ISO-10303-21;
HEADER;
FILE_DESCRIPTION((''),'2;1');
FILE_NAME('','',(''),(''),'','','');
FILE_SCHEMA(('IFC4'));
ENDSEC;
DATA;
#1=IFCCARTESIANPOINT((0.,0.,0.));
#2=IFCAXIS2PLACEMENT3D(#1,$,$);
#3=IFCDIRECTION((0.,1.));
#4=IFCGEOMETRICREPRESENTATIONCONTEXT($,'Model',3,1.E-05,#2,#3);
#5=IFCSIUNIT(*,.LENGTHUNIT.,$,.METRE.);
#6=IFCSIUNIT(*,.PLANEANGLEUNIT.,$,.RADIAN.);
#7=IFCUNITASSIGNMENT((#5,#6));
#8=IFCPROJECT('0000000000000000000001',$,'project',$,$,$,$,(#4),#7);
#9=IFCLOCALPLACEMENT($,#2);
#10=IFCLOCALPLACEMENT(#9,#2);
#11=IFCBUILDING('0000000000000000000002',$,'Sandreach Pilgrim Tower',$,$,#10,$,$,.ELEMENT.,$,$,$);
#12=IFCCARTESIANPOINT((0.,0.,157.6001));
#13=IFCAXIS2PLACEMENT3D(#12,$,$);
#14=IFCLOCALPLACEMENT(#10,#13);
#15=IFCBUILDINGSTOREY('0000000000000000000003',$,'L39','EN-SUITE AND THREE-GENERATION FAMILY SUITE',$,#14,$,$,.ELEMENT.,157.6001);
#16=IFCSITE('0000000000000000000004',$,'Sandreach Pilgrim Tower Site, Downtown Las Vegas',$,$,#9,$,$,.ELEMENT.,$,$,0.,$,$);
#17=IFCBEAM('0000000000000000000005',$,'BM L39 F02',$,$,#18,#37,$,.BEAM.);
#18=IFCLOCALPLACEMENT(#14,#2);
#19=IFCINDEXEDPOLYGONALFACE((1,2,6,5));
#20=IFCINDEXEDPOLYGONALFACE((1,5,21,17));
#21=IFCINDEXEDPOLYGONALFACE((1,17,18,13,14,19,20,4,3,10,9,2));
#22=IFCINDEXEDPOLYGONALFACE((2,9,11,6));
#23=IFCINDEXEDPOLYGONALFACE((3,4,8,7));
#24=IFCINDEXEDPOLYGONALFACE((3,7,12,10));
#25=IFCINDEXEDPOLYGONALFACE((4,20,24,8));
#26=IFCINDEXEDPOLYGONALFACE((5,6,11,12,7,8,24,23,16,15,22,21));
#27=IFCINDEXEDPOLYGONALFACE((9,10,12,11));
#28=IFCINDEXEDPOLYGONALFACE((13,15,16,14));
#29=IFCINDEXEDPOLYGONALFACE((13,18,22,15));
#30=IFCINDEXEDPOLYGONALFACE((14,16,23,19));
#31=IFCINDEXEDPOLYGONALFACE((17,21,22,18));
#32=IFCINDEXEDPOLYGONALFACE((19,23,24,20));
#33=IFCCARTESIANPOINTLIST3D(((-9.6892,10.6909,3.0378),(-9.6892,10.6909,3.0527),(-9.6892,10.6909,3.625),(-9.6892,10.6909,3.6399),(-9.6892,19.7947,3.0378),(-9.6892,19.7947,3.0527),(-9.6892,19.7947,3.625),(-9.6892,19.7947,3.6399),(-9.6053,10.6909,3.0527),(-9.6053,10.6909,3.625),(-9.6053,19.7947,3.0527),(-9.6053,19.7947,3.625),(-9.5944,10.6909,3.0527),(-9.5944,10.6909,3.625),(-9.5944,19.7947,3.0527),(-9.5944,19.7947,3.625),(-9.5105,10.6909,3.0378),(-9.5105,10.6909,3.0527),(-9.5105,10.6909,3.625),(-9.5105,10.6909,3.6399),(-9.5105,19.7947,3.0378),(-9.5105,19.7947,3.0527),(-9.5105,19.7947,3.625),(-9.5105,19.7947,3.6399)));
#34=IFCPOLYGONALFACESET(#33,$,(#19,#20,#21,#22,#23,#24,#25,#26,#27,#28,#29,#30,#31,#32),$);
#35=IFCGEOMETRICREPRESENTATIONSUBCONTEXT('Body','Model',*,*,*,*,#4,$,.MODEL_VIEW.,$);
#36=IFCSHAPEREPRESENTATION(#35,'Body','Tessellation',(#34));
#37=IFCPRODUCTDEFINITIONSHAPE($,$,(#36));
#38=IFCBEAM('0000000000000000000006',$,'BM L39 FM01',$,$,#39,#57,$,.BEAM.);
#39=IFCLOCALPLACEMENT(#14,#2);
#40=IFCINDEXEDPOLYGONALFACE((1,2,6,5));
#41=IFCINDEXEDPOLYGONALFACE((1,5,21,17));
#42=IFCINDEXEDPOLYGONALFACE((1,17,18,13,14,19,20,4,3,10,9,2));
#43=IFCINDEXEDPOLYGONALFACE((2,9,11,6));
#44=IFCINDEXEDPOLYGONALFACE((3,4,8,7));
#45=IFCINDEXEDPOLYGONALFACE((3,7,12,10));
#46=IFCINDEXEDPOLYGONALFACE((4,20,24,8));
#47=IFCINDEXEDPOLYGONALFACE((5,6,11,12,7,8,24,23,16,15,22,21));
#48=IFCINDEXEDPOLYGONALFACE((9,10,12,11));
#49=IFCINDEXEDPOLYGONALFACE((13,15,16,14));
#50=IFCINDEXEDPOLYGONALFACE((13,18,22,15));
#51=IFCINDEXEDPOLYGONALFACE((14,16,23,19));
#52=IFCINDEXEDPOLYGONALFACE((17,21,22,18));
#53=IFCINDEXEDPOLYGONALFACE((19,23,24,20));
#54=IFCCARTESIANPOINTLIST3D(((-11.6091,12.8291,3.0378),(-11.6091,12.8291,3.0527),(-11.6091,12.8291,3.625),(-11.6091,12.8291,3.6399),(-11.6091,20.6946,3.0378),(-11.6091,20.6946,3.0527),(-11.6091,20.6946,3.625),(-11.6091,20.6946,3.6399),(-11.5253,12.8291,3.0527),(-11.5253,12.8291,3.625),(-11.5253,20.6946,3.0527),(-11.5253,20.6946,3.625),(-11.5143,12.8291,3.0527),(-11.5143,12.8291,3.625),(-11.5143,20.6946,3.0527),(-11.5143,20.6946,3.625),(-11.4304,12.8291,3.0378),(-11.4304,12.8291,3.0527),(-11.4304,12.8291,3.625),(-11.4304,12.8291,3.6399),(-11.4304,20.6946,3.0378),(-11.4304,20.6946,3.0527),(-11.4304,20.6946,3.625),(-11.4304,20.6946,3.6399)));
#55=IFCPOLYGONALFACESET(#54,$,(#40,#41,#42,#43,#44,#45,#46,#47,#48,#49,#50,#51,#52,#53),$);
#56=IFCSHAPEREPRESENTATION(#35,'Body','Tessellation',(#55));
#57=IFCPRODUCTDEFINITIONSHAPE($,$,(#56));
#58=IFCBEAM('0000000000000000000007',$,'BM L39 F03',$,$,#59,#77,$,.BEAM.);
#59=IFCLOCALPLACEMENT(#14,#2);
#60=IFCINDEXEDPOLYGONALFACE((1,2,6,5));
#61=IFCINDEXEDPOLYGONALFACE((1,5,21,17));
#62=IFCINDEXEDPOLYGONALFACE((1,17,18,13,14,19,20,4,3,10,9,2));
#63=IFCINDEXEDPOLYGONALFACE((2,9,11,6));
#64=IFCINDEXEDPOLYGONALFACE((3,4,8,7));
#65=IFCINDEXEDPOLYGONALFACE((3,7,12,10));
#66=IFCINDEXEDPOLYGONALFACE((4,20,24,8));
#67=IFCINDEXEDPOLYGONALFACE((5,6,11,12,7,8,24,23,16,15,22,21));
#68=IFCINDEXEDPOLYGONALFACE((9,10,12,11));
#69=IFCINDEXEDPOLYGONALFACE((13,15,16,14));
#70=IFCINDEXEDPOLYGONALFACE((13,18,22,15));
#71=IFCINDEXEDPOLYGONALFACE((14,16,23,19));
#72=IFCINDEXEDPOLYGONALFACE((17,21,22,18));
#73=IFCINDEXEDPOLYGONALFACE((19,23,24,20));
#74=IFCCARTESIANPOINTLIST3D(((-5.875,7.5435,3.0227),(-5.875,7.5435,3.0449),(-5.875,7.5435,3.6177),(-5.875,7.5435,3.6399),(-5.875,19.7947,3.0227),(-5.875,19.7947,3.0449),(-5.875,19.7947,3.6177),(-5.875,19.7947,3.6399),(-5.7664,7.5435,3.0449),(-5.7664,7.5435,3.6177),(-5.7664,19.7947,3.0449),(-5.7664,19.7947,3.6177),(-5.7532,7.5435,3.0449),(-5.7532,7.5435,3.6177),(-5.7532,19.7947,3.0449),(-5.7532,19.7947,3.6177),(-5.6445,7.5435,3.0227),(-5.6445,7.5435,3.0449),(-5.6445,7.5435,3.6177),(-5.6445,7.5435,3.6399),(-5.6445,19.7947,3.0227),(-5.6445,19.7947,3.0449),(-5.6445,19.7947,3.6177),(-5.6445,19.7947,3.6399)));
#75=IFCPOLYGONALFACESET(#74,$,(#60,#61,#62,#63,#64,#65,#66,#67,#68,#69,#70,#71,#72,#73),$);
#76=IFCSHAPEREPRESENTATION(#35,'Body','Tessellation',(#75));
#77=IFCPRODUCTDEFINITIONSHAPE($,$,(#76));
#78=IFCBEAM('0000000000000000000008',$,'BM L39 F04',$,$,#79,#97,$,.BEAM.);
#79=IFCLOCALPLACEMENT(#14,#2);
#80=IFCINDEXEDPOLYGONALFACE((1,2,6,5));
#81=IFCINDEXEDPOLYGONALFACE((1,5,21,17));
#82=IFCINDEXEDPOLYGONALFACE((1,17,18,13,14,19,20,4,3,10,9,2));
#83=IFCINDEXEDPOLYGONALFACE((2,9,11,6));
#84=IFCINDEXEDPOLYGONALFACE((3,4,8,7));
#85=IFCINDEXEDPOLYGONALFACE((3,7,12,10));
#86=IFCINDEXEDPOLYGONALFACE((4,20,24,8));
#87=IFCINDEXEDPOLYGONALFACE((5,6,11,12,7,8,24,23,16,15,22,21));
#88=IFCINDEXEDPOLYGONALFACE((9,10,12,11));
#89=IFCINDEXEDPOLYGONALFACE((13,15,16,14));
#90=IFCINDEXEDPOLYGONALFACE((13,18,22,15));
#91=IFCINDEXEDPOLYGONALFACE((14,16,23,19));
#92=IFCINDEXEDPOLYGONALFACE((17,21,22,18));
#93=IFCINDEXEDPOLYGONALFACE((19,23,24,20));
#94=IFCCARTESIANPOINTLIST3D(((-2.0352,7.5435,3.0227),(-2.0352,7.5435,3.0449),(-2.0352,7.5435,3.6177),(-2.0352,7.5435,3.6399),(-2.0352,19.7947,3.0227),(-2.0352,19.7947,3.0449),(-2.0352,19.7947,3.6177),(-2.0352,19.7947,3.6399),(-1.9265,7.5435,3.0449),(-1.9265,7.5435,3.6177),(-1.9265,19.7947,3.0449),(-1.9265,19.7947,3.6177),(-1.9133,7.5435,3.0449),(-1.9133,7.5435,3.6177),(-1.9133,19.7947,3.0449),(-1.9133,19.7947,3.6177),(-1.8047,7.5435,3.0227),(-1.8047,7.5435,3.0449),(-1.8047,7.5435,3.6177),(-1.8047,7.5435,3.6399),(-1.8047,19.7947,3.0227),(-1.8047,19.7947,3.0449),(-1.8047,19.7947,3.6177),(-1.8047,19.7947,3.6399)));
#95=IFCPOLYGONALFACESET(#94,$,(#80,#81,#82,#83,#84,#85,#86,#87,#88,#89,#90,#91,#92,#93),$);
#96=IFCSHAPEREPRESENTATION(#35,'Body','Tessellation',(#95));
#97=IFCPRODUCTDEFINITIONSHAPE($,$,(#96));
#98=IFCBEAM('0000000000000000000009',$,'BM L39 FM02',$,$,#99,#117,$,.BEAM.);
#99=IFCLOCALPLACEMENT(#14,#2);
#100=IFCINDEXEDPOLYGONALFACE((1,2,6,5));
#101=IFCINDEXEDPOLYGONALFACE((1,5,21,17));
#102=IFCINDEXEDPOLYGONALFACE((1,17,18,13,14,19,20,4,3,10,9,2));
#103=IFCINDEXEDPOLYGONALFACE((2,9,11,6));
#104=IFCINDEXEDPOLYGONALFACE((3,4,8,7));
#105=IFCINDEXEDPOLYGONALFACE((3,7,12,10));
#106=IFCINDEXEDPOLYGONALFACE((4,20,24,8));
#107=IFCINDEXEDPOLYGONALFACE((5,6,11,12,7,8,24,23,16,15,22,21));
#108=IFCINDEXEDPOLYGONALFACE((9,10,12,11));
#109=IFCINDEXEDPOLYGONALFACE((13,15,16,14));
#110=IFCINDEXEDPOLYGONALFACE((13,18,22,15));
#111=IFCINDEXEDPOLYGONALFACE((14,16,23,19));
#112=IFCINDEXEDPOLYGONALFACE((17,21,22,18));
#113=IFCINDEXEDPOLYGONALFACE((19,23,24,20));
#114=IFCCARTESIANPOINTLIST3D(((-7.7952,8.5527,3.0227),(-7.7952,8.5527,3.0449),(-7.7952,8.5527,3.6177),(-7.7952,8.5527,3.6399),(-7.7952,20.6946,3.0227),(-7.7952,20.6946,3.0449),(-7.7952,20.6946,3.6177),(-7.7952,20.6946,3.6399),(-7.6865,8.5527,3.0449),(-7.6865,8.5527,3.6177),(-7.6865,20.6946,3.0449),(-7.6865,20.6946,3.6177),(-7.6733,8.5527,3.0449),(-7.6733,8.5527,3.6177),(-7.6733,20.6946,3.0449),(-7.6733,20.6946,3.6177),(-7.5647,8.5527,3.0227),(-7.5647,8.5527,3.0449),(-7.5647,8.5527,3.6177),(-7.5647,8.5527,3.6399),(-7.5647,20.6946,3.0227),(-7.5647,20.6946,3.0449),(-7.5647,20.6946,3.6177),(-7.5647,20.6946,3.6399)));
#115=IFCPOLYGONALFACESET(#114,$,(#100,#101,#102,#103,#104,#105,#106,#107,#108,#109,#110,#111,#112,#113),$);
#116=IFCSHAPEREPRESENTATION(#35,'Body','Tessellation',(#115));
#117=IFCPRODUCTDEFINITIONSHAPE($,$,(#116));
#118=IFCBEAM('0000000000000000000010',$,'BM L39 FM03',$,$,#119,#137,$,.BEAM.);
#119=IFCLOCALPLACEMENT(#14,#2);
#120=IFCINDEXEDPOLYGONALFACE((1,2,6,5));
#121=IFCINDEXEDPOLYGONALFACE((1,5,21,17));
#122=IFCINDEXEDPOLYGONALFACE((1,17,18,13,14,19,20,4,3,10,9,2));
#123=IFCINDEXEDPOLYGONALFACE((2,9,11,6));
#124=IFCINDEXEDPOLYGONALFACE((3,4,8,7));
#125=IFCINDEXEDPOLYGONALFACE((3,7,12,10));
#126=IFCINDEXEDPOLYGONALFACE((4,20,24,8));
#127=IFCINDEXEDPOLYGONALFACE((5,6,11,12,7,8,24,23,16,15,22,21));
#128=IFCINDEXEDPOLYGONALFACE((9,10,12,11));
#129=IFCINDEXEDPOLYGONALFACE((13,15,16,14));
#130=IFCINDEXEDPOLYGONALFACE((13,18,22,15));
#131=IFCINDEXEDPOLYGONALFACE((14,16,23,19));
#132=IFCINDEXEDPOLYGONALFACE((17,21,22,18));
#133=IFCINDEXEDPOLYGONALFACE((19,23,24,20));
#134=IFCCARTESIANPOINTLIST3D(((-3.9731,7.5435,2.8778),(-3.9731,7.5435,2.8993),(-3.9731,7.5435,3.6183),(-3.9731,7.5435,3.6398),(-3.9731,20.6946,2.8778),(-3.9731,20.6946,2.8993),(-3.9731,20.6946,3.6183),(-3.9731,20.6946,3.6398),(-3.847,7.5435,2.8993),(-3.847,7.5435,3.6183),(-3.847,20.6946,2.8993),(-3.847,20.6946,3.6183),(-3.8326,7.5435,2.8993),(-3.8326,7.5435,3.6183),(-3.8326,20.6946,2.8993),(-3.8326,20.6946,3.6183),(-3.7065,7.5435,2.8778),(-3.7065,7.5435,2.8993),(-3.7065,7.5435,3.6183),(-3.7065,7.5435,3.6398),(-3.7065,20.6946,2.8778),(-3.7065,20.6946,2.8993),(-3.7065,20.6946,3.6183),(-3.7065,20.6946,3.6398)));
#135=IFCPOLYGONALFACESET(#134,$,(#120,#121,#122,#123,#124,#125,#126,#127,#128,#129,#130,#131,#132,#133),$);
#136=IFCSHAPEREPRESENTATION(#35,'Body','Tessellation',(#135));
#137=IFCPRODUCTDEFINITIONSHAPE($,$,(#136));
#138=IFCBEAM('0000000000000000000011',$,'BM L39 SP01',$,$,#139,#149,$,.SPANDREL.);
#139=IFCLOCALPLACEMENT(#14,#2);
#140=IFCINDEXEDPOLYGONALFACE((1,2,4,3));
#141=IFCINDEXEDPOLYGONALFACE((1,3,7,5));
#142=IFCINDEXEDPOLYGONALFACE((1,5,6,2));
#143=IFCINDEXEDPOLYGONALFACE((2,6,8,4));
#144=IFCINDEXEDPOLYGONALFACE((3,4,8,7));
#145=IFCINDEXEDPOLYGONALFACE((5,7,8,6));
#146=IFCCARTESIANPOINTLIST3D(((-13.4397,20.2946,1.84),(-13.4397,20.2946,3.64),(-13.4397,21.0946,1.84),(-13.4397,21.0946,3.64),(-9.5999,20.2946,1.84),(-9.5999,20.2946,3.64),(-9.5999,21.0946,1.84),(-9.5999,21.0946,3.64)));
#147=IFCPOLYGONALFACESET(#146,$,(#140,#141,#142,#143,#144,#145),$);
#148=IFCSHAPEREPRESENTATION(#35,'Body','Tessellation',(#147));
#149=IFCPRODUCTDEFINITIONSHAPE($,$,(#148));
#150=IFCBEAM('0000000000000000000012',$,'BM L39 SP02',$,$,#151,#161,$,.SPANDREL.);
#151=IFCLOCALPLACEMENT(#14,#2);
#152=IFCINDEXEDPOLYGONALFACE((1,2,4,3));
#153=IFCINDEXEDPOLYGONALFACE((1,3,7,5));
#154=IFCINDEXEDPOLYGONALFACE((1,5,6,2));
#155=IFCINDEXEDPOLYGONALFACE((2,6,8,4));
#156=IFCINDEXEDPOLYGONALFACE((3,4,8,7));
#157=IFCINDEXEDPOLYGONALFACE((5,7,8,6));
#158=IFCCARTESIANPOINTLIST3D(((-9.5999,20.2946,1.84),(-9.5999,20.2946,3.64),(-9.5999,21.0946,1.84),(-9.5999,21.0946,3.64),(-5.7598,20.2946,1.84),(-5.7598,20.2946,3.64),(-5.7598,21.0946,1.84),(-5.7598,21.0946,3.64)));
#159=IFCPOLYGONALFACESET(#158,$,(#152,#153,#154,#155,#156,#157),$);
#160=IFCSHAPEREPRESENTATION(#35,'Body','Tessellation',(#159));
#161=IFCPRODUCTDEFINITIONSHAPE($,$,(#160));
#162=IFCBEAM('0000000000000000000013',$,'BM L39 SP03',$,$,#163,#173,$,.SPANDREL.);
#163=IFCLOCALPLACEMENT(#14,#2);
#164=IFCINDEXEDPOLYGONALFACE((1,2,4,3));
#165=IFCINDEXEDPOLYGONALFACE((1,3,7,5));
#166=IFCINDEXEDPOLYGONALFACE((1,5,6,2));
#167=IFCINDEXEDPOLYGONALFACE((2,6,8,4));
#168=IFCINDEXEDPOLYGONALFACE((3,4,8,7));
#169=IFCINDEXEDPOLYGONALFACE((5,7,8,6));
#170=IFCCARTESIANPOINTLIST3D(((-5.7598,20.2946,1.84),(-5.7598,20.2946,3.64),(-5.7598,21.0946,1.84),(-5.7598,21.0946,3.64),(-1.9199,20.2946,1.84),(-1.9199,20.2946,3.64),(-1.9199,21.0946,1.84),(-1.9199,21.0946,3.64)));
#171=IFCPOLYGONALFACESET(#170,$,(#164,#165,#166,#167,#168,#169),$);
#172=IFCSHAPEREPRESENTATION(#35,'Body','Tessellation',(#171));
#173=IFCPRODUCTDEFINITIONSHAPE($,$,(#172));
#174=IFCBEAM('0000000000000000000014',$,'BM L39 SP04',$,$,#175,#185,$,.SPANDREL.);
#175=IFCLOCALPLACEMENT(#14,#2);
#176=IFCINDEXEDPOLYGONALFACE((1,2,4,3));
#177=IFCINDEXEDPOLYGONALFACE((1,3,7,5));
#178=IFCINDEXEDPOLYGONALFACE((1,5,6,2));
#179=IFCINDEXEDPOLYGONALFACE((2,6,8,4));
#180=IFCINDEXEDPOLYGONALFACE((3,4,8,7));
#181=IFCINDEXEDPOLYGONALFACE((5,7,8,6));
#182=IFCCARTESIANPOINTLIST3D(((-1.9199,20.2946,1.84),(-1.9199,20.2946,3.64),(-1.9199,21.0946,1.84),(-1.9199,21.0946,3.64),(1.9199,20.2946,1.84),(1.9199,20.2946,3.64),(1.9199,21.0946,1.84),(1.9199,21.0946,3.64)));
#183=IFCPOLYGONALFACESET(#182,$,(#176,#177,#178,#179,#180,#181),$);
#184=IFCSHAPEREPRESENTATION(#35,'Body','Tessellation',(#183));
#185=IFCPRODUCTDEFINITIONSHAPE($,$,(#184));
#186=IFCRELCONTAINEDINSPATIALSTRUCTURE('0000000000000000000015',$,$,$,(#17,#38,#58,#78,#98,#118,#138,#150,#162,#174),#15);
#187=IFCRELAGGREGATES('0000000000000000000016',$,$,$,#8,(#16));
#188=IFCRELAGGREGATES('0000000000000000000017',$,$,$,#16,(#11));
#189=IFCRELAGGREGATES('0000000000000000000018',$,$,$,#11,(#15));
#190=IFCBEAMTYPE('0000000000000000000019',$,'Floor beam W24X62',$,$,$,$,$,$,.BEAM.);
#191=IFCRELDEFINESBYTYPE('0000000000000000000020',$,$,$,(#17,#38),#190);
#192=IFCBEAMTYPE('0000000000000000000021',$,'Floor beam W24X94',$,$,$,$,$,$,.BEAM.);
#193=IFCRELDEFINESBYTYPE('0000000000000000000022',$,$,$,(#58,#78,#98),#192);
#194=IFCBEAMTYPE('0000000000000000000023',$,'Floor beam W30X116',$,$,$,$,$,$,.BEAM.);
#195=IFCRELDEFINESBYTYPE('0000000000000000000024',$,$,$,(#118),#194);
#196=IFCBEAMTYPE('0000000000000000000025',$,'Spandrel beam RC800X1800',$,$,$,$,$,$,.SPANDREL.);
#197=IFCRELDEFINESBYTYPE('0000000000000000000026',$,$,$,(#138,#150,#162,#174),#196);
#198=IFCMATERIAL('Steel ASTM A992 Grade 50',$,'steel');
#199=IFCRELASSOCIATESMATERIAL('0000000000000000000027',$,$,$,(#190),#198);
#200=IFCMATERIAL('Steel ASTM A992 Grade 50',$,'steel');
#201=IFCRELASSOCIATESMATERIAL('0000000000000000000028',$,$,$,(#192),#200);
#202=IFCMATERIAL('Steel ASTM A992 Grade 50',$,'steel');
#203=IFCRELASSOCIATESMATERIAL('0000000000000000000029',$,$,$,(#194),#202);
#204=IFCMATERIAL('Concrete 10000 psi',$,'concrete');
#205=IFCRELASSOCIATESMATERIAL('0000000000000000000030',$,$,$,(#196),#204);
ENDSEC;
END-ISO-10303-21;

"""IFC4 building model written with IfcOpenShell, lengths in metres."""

from ifc_helpers import new_model, si_unit, direction, frame, origin, origin_2d, place, context, subcontext, project, spatial, rectangle, i_section, extrude, material, material_profile, profile_set, type_object, element, save


model = new_model("IFC4")

# Units and contexts
model_context = context("Model", 3, precision=1e-05, world=origin(), true_north=direction((0.0, 1.0)))
body_context = subcontext(model_context, "Body", "Model", "MODEL_VIEW")
ifc_project = project(units=[si_unit("LENGTHUNIT", "METRE"), si_unit("PLANEANGLEUNIT", "RADIAN")], contexts=[model_context])

# Site, building, storey
site_placement = place(None, origin())
site = spatial("IfcSite", under=ifc_project, at=site_placement, Name="Sandreach Pilgrim Tower Site, Downtown Las Vegas", CompositionType="ELEMENT", RefElevation=0.0)
building_placement = place(site_placement, origin())
building = spatial("IfcBuilding", under=site, at=building_placement, Name="Sandreach Pilgrim Tower", CompositionType="ELEMENT")
storey_placement = place(building_placement, frame((0.0, 0.0, 157.6001)))
storey = spatial("IfcBuildingStorey", under=building, at=storey_placement, Name="L39", Description="EN-SUITE AND THREE-GENERATION FAMILY SUITE", CompositionType="ELEMENT", Elevation=157.6001)

# Beams
ifc_material_1 = material(Name="Steel ASTM A992 Grade 50", Category="steel")
ifc_material_profile_1 = material_profile(ifc_material_1, i_section(OverallWidth=0.1787, OverallDepth=0.6021, WebThickness=0.011, FlangeThickness=0.0149, at=origin_2d()), Name="W24X62")
ifc_profile_set_1 = profile_set([ifc_material_profile_1], Name="Steel ASTM A992 Grade 50")
beam_type_1 = type_object("IfcBeamType", Name="Floor beam W24X62", PredefinedType="BEAM", material=ifc_profile_set_1)
beam_1_placement = place(storey_placement, frame((-9.5999, 19.7947, 3.3389), z_axis=(0.0, -1.0, 0.0), x_axis=(1.0, 0.0, 0.0)))
element("IfcBeam", 1, at=beam_1_placement, inside=storey, type_object=beam_type_1, Name="BM L39 F02", PredefinedType="BEAM", context=body_context, shape_type="SweptSolid", body=[
    extrude(i_section(OverallWidth=0.1787, OverallDepth=0.6021, WebThickness=0.011, FlangeThickness=0.0149, at=origin_2d()), origin(), (0.0, 0.0, 1.0), 9.1038),
])
beam_2_placement = place(storey_placement, frame((-11.5198, 20.6946, 3.3389), z_axis=(0.0, -1.0, 0.0), x_axis=(1.0, 0.0, 0.0)))
element("IfcBeam", 2, at=beam_2_placement, inside=storey, type_object=beam_type_1, Name="BM L39 FM01", PredefinedType="BEAM", context=body_context, shape_type="SweptSolid", body=[
    extrude(i_section(OverallWidth=0.1787, OverallDepth=0.6021, WebThickness=0.011, FlangeThickness=0.0149, at=origin_2d()), origin(), (0.0, 0.0, 1.0), 7.8655),
])
ifc_material_2 = material(Name="Steel ASTM A992 Grade 50", Category="steel")
ifc_material_profile_2 = material_profile(ifc_material_2, i_section(OverallWidth=0.2305, OverallDepth=0.6172, WebThickness=0.0132, FlangeThickness=0.0222, at=origin_2d()), Name="W24X94")
ifc_profile_set_2 = profile_set([ifc_material_profile_2], Name="Steel ASTM A992 Grade 50")
beam_type_2 = type_object("IfcBeamType", Name="Floor beam W24X94", PredefinedType="BEAM", material=ifc_profile_set_2)
for number, where, z_axis, x_axis, name in (
    (3, (-5.7598, 19.7947, 3.3313), (0.0, -1.0, 0.0), (1.0, 0.0, 0.0), "BM L39 F03"),
    (4, (-1.9199, 19.7947, 3.3313), (0.0, -1.0, 0.0), (1.0, 0.0, 0.0), "BM L39 F04"),
):
    element("IfcBeam", number, at=place(storey_placement, frame(where, z_axis=z_axis, x_axis=x_axis)), inside=storey, type_object=beam_type_2, Name=name, PredefinedType="BEAM", context=body_context, shape_type="SweptSolid", body=[
        extrude(i_section(OverallWidth=0.2305, OverallDepth=0.6172, WebThickness=0.0132, FlangeThickness=0.0222, at=origin_2d()), origin(), (0.0, 0.0, 1.0), 12.2512),
    ])
beam_3_placement = place(storey_placement, frame((-7.6799, 20.6946, 3.3313), z_axis=(0.0, -1.0, 0.0), x_axis=(1.0, 0.0, 0.0)))
element("IfcBeam", 5, at=beam_3_placement, inside=storey, type_object=beam_type_2, Name="BM L39 FM02", PredefinedType="BEAM", context=body_context, shape_type="SweptSolid", body=[
    extrude(i_section(OverallWidth=0.2305, OverallDepth=0.6172, WebThickness=0.0132, FlangeThickness=0.0222, at=origin_2d()), origin(), (0.0, 0.0, 1.0), 12.1418),
])
ifc_material_3 = material(Name="Steel ASTM A992 Grade 50", Category="steel")
ifc_material_profile_3 = material_profile(ifc_material_3, i_section(OverallWidth=0.2666, OverallDepth=0.762, WebThickness=0.0144, FlangeThickness=0.0215, at=origin_2d()), Name="W30X116")
ifc_profile_set_3 = profile_set([ifc_material_profile_3], Name="Steel ASTM A992 Grade 50")
beam_type_3 = type_object("IfcBeamType", Name="Floor beam W30X116", PredefinedType="BEAM", material=ifc_profile_set_3)
beam_4_placement = place(storey_placement, frame((-3.8398, 20.6946, 3.2588), z_axis=(0.0, -1.0, 0.0), x_axis=(1.0, 0.0, 0.0)))
element("IfcBeam", 6, at=beam_4_placement, inside=storey, type_object=beam_type_3, Name="BM L39 FM03", PredefinedType="BEAM", context=body_context, shape_type="SweptSolid", body=[
    extrude(i_section(OverallWidth=0.2666, OverallDepth=0.762, WebThickness=0.0144, FlangeThickness=0.0215, at=origin_2d()), origin(), (0.0, 0.0, 1.0), 13.1511),
])
ifc_material_4 = material(Name="Concrete 10000 psi", Category="concrete")
ifc_material_profile_4 = material_profile(ifc_material_4, rectangle(XDim=0.8, YDim=1.8, at=origin_2d()), Name="RC800X1800")
ifc_profile_set_4 = profile_set([ifc_material_profile_4], Name="Concrete 10000 psi")
beam_type_4 = type_object("IfcBeamType", Name="Spandrel beam RC800X1800", PredefinedType="SPANDREL", material=ifc_profile_set_4)
beam_5_placement = place(storey_placement, frame((-13.4397, 20.6946, 2.74), z_axis=(1.0, 0.0, 0.0), x_axis=(0.0, 1.0, 0.0)))
element("IfcBeam", 7, at=beam_5_placement, inside=storey, type_object=beam_type_4, Name="BM L39 SP01", PredefinedType="SPANDREL", context=body_context, shape_type="SweptSolid", body=[
    extrude(rectangle(XDim=0.8, YDim=1.8, at=origin_2d()), origin(), (0.0, 0.0, 1.0), 3.8398),
])
beam_6_placement = place(storey_placement, frame((-9.5999, 20.6946, 2.74), z_axis=(1.0, 0.0, 0.0), x_axis=(0.0, 1.0, 0.0)))
element("IfcBeam", 8, at=beam_6_placement, inside=storey, type_object=beam_type_4, Name="BM L39 SP02", PredefinedType="SPANDREL", context=body_context, shape_type="SweptSolid", body=[
    extrude(rectangle(XDim=0.8, YDim=1.8, at=origin_2d()), origin(), (0.0, 0.0, 1.0), 3.8401),
])
for number, where, z_axis, x_axis, name in (
    (9, (-5.7598, 20.6946, 2.74), (1.0, 0.0, 0.0), (0.0, 1.0, 0.0), "BM L39 SP03"),
    (10, (-1.9199, 20.6946, 2.74), (1.0, 0.0, 0.0), (0.0, 1.0, 0.0), "BM L39 SP04"),
):
    element("IfcBeam", number, at=place(storey_placement, frame(where, z_axis=z_axis, x_axis=x_axis)), inside=storey, type_object=beam_type_4, Name=name, PredefinedType="SPANDREL", context=body_context, shape_type="SweptSolid", body=[
        extrude(rectangle(XDim=0.8, YDim=1.8, at=origin_2d()), origin(), (0.0, 0.0, 1.0), 3.8398),
    ])

save(model, "model.ifc")
